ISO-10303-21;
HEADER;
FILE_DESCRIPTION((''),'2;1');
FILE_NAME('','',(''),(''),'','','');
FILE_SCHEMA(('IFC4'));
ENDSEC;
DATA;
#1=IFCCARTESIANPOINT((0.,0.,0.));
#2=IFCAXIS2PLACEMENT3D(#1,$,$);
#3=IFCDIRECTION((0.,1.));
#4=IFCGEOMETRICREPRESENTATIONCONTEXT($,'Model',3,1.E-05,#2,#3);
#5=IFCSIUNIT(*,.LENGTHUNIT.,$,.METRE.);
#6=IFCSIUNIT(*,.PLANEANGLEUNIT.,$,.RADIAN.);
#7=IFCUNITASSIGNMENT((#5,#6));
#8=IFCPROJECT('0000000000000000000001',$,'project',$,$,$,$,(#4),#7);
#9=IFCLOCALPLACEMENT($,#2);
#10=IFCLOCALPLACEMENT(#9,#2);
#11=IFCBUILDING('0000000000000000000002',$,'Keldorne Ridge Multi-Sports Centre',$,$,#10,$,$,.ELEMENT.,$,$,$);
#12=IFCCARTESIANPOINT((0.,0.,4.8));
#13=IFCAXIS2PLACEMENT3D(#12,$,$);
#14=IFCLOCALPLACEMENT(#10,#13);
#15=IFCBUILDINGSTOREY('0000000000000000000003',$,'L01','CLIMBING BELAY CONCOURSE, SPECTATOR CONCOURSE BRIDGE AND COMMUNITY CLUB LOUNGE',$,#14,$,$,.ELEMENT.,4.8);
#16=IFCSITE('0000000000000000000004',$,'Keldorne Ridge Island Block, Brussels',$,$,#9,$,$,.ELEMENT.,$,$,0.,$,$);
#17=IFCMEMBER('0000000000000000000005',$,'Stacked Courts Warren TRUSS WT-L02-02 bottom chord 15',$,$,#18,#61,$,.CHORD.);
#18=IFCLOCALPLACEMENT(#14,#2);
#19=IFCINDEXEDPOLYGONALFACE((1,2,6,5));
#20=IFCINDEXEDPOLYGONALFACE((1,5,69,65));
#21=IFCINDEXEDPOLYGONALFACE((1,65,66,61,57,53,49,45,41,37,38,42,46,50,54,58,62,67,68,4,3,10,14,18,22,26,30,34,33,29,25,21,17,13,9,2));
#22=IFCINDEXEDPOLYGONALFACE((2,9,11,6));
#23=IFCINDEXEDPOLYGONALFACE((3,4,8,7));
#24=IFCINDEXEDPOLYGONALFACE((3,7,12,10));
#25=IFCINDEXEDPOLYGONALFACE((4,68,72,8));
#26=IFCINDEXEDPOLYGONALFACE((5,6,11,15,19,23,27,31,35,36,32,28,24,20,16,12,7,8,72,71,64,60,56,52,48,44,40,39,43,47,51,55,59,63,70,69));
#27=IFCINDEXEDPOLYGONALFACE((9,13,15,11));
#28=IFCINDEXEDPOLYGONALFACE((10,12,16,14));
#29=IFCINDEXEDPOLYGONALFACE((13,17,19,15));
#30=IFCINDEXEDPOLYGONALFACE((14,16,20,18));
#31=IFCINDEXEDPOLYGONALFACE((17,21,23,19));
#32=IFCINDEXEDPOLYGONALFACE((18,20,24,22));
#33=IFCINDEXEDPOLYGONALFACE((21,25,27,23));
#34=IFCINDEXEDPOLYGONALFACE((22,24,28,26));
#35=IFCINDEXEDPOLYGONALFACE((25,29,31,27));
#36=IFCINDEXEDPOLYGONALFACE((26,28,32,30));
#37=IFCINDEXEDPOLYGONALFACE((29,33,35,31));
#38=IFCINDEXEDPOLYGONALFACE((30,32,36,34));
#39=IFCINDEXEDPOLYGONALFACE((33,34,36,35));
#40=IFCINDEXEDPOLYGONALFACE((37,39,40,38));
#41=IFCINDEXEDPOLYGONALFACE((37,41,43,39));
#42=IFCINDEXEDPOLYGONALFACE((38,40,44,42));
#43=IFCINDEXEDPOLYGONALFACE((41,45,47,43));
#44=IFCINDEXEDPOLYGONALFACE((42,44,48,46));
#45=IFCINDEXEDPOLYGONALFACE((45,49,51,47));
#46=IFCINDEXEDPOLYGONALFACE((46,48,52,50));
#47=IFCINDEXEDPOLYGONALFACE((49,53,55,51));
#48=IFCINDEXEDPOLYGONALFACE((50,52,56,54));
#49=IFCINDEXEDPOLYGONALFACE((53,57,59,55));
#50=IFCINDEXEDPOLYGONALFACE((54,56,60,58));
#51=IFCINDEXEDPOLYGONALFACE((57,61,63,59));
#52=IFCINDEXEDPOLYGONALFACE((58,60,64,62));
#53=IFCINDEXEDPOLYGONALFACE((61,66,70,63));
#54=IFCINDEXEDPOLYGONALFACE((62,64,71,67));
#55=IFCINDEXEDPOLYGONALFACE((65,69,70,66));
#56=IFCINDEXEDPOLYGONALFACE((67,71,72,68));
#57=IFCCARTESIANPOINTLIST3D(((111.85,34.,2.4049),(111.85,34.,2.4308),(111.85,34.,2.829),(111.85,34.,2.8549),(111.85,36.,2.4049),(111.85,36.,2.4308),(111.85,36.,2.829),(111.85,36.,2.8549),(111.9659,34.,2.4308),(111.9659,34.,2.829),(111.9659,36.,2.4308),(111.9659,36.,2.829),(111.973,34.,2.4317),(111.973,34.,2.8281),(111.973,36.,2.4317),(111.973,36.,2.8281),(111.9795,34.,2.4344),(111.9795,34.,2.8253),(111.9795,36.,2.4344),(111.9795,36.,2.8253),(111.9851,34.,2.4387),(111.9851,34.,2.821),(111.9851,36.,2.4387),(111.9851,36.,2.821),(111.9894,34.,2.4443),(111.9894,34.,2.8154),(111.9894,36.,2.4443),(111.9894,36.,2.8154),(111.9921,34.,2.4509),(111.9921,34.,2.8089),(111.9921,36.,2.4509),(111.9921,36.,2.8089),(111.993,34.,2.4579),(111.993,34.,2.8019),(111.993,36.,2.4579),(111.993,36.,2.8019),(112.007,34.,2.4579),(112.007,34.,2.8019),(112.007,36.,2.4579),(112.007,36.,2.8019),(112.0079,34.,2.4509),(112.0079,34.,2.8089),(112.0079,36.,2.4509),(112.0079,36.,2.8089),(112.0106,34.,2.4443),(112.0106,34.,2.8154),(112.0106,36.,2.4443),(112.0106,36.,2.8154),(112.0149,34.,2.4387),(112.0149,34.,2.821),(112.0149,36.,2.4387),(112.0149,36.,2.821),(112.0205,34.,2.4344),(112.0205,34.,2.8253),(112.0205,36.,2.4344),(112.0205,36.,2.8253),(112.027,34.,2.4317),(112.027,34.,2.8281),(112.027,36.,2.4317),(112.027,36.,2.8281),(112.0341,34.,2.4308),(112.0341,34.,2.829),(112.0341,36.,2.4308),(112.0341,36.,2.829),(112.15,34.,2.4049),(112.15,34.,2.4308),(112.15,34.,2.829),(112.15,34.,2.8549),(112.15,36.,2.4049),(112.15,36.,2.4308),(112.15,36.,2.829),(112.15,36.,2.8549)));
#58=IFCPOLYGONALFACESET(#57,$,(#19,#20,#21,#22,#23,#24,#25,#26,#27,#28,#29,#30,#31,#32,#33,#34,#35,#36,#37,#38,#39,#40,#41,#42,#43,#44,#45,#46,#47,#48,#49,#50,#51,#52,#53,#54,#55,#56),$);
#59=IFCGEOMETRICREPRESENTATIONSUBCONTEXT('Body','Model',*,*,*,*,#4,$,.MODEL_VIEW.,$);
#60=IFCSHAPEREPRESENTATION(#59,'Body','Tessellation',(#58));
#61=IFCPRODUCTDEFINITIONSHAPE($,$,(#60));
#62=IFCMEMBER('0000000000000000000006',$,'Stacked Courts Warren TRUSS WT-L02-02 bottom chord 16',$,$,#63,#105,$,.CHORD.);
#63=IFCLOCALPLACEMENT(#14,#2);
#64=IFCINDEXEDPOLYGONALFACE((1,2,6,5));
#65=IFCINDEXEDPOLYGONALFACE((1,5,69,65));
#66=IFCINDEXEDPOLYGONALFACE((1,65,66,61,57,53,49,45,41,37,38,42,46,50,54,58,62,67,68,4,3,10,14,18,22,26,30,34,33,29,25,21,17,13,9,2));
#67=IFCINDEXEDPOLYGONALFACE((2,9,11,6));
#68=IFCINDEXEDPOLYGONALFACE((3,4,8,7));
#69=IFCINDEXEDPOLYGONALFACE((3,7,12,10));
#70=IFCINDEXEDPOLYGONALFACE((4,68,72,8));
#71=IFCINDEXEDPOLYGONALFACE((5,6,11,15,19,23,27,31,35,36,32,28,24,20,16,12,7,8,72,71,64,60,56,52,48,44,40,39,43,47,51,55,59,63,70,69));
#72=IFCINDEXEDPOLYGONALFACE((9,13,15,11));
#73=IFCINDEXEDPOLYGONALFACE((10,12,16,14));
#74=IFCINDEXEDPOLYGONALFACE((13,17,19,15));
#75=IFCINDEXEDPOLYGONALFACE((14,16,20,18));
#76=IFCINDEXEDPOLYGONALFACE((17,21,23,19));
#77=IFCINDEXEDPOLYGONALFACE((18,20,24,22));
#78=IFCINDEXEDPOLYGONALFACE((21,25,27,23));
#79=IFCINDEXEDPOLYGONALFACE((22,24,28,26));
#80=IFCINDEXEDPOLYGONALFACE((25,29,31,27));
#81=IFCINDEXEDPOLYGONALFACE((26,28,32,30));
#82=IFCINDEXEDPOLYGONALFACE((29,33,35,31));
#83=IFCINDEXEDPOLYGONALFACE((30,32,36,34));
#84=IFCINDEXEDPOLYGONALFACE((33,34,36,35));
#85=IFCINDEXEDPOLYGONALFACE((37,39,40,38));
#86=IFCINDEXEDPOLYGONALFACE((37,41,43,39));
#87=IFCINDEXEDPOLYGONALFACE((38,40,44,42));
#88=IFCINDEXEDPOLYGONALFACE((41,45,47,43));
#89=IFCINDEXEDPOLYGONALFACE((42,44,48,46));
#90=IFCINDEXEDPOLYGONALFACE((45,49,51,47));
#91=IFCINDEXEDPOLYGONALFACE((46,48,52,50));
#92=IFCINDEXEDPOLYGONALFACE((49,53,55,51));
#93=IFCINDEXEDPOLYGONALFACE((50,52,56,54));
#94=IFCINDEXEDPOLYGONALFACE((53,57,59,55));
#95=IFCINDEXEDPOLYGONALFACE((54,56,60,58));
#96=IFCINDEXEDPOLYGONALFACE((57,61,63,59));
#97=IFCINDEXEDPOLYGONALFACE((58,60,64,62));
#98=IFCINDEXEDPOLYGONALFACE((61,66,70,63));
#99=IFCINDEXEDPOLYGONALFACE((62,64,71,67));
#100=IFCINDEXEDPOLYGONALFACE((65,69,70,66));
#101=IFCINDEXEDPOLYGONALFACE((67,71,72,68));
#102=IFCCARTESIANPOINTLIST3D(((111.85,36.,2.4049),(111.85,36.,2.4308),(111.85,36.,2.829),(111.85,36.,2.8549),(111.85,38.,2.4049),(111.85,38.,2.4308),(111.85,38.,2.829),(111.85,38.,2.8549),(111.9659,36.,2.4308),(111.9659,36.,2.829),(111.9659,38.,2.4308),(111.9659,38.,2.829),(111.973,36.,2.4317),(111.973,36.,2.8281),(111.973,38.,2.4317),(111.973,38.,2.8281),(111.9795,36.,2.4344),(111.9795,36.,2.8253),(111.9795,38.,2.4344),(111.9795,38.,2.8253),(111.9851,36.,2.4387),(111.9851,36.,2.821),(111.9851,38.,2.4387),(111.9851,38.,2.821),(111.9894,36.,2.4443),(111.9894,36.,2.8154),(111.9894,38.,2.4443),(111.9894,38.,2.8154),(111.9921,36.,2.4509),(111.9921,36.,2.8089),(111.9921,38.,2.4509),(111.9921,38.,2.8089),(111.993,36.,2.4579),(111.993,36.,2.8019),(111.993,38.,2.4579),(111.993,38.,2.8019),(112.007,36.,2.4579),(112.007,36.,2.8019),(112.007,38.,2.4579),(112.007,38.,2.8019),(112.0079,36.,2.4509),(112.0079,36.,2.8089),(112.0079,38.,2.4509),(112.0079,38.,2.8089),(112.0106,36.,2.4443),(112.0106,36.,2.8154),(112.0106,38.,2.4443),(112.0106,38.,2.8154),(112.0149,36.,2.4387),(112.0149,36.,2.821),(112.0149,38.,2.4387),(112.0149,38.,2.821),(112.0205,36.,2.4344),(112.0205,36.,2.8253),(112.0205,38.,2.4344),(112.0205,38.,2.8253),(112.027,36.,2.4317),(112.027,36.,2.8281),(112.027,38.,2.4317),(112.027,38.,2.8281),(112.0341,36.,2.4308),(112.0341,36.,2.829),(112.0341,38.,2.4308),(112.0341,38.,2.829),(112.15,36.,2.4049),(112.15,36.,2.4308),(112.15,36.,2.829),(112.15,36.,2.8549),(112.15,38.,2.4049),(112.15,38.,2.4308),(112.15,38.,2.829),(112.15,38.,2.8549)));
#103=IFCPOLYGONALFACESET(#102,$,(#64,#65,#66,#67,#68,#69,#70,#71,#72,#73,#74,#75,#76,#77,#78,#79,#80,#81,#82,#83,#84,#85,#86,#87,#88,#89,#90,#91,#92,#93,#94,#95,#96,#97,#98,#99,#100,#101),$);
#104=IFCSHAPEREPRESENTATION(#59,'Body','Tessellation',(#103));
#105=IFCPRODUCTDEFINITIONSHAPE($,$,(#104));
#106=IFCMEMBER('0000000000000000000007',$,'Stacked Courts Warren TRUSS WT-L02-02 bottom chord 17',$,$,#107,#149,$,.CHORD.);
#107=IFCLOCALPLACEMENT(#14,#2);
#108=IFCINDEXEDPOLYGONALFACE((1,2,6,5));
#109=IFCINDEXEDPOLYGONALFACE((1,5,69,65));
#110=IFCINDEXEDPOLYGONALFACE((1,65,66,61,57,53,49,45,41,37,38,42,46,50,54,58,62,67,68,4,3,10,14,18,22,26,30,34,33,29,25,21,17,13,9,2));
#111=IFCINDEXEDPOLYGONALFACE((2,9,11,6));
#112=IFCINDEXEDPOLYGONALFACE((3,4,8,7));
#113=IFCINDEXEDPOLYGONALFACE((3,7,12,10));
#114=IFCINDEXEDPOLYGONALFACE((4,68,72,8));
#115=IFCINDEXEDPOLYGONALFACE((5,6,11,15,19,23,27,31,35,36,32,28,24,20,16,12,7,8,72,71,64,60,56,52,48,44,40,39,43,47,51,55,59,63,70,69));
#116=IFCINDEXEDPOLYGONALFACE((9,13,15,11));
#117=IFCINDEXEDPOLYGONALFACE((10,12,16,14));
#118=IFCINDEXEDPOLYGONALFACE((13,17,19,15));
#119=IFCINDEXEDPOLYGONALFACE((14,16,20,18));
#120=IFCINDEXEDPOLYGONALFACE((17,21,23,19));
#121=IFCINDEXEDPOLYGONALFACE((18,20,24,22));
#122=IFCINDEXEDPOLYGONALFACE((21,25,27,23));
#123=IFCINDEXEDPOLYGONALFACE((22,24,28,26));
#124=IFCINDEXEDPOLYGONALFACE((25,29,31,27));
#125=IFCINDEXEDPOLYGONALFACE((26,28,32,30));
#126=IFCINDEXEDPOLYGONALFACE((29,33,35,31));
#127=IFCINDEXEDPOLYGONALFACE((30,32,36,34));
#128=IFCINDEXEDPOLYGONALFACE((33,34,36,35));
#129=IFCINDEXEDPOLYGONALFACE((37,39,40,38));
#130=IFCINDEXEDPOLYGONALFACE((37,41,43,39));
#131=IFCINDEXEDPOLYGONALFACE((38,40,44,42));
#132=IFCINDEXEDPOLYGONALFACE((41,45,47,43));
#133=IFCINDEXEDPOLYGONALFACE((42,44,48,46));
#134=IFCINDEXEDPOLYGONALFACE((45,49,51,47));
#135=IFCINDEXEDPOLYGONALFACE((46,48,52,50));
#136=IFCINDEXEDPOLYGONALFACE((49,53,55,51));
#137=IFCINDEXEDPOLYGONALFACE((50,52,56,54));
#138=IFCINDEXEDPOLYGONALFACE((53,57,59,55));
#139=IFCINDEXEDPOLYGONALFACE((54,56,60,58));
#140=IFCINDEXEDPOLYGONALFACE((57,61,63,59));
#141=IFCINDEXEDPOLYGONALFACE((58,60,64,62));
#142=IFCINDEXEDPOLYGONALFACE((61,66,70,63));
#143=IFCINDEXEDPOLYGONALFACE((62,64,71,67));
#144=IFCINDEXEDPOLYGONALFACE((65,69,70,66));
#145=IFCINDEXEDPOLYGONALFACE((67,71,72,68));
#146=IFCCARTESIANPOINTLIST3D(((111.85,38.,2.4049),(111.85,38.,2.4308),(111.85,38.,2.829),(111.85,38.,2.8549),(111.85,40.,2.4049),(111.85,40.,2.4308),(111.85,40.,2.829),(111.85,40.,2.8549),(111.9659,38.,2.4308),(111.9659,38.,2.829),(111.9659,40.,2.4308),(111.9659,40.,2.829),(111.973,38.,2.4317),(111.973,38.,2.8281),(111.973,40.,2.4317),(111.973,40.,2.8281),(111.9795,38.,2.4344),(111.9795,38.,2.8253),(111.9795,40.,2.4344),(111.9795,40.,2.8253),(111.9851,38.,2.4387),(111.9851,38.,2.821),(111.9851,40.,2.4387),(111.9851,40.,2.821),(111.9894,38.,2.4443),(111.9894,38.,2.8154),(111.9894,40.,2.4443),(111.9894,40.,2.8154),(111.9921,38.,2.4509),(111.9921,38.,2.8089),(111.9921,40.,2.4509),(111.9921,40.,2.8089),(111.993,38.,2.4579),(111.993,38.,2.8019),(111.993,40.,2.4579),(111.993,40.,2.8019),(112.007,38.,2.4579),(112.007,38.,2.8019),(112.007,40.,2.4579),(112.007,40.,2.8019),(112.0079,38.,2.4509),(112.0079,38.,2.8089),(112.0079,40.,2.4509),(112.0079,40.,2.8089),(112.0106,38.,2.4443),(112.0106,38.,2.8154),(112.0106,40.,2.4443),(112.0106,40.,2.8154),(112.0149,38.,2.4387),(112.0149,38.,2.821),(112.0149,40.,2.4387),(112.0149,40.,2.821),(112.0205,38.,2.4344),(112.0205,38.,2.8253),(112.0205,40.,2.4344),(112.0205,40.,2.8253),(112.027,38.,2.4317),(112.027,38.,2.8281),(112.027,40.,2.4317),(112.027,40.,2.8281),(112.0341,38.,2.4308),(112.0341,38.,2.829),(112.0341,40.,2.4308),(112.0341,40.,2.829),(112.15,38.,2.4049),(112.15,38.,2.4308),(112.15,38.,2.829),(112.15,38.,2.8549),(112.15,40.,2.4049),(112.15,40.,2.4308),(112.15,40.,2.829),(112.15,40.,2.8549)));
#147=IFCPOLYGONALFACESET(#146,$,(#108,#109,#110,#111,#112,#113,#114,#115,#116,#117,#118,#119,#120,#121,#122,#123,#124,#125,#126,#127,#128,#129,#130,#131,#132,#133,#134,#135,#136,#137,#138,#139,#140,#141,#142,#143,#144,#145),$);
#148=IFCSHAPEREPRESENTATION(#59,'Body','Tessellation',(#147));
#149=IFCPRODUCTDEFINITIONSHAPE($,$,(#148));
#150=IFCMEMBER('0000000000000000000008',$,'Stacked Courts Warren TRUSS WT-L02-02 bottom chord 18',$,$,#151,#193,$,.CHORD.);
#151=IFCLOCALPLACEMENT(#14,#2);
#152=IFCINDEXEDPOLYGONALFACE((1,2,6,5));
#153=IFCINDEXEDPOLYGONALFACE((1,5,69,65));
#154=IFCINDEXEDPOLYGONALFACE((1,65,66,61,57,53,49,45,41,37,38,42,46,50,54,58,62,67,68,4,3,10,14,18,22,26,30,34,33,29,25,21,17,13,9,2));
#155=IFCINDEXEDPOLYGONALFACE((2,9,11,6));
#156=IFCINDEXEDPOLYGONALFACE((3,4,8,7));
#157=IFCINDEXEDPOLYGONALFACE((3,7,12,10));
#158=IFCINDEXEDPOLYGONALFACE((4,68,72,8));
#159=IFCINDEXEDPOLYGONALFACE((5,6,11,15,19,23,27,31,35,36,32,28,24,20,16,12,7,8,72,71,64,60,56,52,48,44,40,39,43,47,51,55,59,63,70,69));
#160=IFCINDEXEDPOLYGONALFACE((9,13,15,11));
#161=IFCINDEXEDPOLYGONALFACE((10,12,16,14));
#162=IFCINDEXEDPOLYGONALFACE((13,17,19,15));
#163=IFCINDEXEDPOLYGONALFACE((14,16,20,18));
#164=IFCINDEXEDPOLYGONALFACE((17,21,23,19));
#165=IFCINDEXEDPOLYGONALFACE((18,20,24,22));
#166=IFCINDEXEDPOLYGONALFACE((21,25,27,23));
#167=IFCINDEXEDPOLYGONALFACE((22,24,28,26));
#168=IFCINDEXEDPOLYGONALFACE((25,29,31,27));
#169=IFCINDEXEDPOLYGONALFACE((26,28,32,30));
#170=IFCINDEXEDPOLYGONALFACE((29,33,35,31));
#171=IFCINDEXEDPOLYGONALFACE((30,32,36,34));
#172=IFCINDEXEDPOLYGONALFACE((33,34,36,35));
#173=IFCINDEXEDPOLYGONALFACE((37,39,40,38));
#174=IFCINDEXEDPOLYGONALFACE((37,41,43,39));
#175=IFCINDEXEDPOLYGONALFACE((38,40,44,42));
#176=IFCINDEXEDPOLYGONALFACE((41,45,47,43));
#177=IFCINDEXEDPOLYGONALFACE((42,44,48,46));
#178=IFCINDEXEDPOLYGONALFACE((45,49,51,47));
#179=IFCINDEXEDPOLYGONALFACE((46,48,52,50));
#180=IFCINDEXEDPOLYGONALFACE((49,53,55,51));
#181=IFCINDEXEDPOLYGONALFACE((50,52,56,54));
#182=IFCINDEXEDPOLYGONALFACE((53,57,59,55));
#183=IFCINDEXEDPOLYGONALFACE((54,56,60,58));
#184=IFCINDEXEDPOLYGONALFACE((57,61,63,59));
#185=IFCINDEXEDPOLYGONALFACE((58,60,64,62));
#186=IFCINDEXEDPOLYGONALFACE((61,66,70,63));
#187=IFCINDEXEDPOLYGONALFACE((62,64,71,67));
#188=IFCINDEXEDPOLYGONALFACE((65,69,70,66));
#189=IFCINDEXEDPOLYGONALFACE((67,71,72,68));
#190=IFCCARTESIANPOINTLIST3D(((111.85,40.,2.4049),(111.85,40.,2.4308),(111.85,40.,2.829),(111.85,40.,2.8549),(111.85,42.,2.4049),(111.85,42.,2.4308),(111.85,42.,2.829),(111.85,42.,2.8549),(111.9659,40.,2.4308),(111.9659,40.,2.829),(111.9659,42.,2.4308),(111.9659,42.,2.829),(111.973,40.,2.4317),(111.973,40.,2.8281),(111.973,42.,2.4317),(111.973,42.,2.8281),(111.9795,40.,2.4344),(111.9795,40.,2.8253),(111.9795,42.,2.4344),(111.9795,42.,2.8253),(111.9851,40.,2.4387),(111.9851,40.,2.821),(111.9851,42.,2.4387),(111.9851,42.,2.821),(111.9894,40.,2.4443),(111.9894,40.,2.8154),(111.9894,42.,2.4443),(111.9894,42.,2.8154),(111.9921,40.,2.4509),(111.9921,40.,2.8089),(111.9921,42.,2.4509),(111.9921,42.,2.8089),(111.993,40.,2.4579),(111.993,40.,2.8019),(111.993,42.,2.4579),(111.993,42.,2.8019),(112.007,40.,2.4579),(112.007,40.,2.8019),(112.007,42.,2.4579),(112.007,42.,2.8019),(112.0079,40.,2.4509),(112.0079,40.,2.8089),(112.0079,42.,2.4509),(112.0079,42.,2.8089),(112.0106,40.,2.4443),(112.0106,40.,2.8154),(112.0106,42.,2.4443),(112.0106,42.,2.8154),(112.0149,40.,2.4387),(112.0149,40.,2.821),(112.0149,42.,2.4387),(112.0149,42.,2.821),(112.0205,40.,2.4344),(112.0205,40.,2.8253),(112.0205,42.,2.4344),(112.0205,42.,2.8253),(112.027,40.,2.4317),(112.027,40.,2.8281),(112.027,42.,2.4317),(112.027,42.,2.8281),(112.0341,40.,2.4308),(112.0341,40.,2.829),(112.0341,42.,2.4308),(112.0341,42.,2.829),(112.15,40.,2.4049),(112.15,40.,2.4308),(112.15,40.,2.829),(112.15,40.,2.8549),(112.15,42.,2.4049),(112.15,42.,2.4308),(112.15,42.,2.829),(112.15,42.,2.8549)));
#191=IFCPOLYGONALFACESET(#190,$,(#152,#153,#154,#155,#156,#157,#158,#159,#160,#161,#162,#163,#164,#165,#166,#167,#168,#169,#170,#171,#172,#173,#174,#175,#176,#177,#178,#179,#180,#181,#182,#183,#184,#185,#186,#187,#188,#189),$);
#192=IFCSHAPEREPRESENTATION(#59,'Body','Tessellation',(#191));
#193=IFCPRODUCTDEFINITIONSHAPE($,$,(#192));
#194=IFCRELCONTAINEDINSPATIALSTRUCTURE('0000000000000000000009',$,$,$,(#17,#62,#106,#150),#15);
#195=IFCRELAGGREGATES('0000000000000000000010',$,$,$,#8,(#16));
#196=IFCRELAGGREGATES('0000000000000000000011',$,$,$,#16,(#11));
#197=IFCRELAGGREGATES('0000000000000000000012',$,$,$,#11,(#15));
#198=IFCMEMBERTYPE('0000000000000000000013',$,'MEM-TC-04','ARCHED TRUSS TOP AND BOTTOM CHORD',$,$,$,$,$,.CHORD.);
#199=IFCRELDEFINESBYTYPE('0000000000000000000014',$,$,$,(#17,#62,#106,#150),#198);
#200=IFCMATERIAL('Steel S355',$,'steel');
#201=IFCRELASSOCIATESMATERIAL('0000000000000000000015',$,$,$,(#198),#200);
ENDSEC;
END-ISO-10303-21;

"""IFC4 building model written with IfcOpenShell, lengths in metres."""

from ifc_helpers import new_model, si_unit, direction, frame, origin, origin_2d, place, context, subcontext, project, spatial, i_section, extrude, material, material_profile, profile_set, type_object, element, save


model = new_model("IFC4")

# Units and contexts
model_context = context("Model", 3, precision=1e-05, world=origin(), true_north=direction((0.0, 1.0)))
body_context = subcontext(model_context, "Body", "Model", "MODEL_VIEW")
ifc_project = project(units=[si_unit("LENGTHUNIT", "METRE"), si_unit("PLANEANGLEUNIT", "RADIAN")], contexts=[model_context])

# Site, building, storey
site_placement = place(None, origin())
site = spatial("IfcSite", under=ifc_project, at=site_placement, Name="Keldorne Ridge Island Block, Brussels", CompositionType="ELEMENT", RefElevation=0.0)
building_placement = place(site_placement, origin())
building = spatial("IfcBuilding", under=site, at=building_placement, Name="Keldorne Ridge Multi-Sports Centre", CompositionType="ELEMENT")
storey_placement = place(building_placement, frame((0.0, 0.0, 4.8)))
storey = spatial("IfcBuildingStorey", under=building, at=storey_placement, Name="L01", Description="CLIMBING BELAY CONCOURSE, SPECTATOR CONCOURSE BRIDGE AND COMMUNITY CLUB LOUNGE", CompositionType="ELEMENT", Elevation=4.8)

# Shared definitions
ifc_material_1 = material(Name="Steel S355", Category="steel")

# Members
ifc_material_profile_1 = material_profile(ifc_material_1, i_section(OverallWidth=0.3, OverallDepth=0.45, WebThickness=0.0139, FlangeThickness=0.0259, FilletRadius=0.0271, at=origin_2d()), Name="HEB 450")
ifc_profile_set_1 = profile_set([ifc_material_profile_1], Name="Steel S355")
member_type_1 = type_object("IfcMemberType", Name="MEM-TC-04", Description="ARCHED TRUSS TOP AND BOTTOM CHORD", PredefinedType="CHORD", material=ifc_profile_set_1)
for number, where, z_axis, x_axis, name in (
    (1, (112.0, 34.0, 2.6299), (0.0, 1.0, 0.0), (-1.0, 0.0, 0.0), "Stacked Courts Warren TRUSS WT-L02-02 bottom chord 15"),
    (2, (112.0, 36.0, 2.6299), (0.0, 1.0, 0.0), (-1.0, 0.0, 0.0), "Stacked Courts Warren TRUSS WT-L02-02 bottom chord 16"),
    (3, (112.0, 38.0, 2.6299), (0.0, 1.0, 0.0), (-1.0, 0.0, 0.0), "Stacked Courts Warren TRUSS WT-L02-02 bottom chord 17"),
    (4, (112.0, 40.0, 2.6299), (0.0, 1.0, 0.0), (-1.0, 0.0, 0.0), "Stacked Courts Warren TRUSS WT-L02-02 bottom chord 18"),
):
    element("IfcMember", number, at=place(storey_placement, frame(where, z_axis=z_axis, x_axis=x_axis)), inside=storey, type_object=member_type_1, Name=name, PredefinedType="CHORD", context=body_context, shape_type="SweptSolid", body=[
        extrude(i_section(OverallWidth=0.3, OverallDepth=0.45, WebThickness=0.0139, FlangeThickness=0.0259, FilletRadius=0.0271, at=origin_2d()), origin(), (0.0, 0.0, 1.0), 2.0),
    ])

save(model, "model.ifc")
